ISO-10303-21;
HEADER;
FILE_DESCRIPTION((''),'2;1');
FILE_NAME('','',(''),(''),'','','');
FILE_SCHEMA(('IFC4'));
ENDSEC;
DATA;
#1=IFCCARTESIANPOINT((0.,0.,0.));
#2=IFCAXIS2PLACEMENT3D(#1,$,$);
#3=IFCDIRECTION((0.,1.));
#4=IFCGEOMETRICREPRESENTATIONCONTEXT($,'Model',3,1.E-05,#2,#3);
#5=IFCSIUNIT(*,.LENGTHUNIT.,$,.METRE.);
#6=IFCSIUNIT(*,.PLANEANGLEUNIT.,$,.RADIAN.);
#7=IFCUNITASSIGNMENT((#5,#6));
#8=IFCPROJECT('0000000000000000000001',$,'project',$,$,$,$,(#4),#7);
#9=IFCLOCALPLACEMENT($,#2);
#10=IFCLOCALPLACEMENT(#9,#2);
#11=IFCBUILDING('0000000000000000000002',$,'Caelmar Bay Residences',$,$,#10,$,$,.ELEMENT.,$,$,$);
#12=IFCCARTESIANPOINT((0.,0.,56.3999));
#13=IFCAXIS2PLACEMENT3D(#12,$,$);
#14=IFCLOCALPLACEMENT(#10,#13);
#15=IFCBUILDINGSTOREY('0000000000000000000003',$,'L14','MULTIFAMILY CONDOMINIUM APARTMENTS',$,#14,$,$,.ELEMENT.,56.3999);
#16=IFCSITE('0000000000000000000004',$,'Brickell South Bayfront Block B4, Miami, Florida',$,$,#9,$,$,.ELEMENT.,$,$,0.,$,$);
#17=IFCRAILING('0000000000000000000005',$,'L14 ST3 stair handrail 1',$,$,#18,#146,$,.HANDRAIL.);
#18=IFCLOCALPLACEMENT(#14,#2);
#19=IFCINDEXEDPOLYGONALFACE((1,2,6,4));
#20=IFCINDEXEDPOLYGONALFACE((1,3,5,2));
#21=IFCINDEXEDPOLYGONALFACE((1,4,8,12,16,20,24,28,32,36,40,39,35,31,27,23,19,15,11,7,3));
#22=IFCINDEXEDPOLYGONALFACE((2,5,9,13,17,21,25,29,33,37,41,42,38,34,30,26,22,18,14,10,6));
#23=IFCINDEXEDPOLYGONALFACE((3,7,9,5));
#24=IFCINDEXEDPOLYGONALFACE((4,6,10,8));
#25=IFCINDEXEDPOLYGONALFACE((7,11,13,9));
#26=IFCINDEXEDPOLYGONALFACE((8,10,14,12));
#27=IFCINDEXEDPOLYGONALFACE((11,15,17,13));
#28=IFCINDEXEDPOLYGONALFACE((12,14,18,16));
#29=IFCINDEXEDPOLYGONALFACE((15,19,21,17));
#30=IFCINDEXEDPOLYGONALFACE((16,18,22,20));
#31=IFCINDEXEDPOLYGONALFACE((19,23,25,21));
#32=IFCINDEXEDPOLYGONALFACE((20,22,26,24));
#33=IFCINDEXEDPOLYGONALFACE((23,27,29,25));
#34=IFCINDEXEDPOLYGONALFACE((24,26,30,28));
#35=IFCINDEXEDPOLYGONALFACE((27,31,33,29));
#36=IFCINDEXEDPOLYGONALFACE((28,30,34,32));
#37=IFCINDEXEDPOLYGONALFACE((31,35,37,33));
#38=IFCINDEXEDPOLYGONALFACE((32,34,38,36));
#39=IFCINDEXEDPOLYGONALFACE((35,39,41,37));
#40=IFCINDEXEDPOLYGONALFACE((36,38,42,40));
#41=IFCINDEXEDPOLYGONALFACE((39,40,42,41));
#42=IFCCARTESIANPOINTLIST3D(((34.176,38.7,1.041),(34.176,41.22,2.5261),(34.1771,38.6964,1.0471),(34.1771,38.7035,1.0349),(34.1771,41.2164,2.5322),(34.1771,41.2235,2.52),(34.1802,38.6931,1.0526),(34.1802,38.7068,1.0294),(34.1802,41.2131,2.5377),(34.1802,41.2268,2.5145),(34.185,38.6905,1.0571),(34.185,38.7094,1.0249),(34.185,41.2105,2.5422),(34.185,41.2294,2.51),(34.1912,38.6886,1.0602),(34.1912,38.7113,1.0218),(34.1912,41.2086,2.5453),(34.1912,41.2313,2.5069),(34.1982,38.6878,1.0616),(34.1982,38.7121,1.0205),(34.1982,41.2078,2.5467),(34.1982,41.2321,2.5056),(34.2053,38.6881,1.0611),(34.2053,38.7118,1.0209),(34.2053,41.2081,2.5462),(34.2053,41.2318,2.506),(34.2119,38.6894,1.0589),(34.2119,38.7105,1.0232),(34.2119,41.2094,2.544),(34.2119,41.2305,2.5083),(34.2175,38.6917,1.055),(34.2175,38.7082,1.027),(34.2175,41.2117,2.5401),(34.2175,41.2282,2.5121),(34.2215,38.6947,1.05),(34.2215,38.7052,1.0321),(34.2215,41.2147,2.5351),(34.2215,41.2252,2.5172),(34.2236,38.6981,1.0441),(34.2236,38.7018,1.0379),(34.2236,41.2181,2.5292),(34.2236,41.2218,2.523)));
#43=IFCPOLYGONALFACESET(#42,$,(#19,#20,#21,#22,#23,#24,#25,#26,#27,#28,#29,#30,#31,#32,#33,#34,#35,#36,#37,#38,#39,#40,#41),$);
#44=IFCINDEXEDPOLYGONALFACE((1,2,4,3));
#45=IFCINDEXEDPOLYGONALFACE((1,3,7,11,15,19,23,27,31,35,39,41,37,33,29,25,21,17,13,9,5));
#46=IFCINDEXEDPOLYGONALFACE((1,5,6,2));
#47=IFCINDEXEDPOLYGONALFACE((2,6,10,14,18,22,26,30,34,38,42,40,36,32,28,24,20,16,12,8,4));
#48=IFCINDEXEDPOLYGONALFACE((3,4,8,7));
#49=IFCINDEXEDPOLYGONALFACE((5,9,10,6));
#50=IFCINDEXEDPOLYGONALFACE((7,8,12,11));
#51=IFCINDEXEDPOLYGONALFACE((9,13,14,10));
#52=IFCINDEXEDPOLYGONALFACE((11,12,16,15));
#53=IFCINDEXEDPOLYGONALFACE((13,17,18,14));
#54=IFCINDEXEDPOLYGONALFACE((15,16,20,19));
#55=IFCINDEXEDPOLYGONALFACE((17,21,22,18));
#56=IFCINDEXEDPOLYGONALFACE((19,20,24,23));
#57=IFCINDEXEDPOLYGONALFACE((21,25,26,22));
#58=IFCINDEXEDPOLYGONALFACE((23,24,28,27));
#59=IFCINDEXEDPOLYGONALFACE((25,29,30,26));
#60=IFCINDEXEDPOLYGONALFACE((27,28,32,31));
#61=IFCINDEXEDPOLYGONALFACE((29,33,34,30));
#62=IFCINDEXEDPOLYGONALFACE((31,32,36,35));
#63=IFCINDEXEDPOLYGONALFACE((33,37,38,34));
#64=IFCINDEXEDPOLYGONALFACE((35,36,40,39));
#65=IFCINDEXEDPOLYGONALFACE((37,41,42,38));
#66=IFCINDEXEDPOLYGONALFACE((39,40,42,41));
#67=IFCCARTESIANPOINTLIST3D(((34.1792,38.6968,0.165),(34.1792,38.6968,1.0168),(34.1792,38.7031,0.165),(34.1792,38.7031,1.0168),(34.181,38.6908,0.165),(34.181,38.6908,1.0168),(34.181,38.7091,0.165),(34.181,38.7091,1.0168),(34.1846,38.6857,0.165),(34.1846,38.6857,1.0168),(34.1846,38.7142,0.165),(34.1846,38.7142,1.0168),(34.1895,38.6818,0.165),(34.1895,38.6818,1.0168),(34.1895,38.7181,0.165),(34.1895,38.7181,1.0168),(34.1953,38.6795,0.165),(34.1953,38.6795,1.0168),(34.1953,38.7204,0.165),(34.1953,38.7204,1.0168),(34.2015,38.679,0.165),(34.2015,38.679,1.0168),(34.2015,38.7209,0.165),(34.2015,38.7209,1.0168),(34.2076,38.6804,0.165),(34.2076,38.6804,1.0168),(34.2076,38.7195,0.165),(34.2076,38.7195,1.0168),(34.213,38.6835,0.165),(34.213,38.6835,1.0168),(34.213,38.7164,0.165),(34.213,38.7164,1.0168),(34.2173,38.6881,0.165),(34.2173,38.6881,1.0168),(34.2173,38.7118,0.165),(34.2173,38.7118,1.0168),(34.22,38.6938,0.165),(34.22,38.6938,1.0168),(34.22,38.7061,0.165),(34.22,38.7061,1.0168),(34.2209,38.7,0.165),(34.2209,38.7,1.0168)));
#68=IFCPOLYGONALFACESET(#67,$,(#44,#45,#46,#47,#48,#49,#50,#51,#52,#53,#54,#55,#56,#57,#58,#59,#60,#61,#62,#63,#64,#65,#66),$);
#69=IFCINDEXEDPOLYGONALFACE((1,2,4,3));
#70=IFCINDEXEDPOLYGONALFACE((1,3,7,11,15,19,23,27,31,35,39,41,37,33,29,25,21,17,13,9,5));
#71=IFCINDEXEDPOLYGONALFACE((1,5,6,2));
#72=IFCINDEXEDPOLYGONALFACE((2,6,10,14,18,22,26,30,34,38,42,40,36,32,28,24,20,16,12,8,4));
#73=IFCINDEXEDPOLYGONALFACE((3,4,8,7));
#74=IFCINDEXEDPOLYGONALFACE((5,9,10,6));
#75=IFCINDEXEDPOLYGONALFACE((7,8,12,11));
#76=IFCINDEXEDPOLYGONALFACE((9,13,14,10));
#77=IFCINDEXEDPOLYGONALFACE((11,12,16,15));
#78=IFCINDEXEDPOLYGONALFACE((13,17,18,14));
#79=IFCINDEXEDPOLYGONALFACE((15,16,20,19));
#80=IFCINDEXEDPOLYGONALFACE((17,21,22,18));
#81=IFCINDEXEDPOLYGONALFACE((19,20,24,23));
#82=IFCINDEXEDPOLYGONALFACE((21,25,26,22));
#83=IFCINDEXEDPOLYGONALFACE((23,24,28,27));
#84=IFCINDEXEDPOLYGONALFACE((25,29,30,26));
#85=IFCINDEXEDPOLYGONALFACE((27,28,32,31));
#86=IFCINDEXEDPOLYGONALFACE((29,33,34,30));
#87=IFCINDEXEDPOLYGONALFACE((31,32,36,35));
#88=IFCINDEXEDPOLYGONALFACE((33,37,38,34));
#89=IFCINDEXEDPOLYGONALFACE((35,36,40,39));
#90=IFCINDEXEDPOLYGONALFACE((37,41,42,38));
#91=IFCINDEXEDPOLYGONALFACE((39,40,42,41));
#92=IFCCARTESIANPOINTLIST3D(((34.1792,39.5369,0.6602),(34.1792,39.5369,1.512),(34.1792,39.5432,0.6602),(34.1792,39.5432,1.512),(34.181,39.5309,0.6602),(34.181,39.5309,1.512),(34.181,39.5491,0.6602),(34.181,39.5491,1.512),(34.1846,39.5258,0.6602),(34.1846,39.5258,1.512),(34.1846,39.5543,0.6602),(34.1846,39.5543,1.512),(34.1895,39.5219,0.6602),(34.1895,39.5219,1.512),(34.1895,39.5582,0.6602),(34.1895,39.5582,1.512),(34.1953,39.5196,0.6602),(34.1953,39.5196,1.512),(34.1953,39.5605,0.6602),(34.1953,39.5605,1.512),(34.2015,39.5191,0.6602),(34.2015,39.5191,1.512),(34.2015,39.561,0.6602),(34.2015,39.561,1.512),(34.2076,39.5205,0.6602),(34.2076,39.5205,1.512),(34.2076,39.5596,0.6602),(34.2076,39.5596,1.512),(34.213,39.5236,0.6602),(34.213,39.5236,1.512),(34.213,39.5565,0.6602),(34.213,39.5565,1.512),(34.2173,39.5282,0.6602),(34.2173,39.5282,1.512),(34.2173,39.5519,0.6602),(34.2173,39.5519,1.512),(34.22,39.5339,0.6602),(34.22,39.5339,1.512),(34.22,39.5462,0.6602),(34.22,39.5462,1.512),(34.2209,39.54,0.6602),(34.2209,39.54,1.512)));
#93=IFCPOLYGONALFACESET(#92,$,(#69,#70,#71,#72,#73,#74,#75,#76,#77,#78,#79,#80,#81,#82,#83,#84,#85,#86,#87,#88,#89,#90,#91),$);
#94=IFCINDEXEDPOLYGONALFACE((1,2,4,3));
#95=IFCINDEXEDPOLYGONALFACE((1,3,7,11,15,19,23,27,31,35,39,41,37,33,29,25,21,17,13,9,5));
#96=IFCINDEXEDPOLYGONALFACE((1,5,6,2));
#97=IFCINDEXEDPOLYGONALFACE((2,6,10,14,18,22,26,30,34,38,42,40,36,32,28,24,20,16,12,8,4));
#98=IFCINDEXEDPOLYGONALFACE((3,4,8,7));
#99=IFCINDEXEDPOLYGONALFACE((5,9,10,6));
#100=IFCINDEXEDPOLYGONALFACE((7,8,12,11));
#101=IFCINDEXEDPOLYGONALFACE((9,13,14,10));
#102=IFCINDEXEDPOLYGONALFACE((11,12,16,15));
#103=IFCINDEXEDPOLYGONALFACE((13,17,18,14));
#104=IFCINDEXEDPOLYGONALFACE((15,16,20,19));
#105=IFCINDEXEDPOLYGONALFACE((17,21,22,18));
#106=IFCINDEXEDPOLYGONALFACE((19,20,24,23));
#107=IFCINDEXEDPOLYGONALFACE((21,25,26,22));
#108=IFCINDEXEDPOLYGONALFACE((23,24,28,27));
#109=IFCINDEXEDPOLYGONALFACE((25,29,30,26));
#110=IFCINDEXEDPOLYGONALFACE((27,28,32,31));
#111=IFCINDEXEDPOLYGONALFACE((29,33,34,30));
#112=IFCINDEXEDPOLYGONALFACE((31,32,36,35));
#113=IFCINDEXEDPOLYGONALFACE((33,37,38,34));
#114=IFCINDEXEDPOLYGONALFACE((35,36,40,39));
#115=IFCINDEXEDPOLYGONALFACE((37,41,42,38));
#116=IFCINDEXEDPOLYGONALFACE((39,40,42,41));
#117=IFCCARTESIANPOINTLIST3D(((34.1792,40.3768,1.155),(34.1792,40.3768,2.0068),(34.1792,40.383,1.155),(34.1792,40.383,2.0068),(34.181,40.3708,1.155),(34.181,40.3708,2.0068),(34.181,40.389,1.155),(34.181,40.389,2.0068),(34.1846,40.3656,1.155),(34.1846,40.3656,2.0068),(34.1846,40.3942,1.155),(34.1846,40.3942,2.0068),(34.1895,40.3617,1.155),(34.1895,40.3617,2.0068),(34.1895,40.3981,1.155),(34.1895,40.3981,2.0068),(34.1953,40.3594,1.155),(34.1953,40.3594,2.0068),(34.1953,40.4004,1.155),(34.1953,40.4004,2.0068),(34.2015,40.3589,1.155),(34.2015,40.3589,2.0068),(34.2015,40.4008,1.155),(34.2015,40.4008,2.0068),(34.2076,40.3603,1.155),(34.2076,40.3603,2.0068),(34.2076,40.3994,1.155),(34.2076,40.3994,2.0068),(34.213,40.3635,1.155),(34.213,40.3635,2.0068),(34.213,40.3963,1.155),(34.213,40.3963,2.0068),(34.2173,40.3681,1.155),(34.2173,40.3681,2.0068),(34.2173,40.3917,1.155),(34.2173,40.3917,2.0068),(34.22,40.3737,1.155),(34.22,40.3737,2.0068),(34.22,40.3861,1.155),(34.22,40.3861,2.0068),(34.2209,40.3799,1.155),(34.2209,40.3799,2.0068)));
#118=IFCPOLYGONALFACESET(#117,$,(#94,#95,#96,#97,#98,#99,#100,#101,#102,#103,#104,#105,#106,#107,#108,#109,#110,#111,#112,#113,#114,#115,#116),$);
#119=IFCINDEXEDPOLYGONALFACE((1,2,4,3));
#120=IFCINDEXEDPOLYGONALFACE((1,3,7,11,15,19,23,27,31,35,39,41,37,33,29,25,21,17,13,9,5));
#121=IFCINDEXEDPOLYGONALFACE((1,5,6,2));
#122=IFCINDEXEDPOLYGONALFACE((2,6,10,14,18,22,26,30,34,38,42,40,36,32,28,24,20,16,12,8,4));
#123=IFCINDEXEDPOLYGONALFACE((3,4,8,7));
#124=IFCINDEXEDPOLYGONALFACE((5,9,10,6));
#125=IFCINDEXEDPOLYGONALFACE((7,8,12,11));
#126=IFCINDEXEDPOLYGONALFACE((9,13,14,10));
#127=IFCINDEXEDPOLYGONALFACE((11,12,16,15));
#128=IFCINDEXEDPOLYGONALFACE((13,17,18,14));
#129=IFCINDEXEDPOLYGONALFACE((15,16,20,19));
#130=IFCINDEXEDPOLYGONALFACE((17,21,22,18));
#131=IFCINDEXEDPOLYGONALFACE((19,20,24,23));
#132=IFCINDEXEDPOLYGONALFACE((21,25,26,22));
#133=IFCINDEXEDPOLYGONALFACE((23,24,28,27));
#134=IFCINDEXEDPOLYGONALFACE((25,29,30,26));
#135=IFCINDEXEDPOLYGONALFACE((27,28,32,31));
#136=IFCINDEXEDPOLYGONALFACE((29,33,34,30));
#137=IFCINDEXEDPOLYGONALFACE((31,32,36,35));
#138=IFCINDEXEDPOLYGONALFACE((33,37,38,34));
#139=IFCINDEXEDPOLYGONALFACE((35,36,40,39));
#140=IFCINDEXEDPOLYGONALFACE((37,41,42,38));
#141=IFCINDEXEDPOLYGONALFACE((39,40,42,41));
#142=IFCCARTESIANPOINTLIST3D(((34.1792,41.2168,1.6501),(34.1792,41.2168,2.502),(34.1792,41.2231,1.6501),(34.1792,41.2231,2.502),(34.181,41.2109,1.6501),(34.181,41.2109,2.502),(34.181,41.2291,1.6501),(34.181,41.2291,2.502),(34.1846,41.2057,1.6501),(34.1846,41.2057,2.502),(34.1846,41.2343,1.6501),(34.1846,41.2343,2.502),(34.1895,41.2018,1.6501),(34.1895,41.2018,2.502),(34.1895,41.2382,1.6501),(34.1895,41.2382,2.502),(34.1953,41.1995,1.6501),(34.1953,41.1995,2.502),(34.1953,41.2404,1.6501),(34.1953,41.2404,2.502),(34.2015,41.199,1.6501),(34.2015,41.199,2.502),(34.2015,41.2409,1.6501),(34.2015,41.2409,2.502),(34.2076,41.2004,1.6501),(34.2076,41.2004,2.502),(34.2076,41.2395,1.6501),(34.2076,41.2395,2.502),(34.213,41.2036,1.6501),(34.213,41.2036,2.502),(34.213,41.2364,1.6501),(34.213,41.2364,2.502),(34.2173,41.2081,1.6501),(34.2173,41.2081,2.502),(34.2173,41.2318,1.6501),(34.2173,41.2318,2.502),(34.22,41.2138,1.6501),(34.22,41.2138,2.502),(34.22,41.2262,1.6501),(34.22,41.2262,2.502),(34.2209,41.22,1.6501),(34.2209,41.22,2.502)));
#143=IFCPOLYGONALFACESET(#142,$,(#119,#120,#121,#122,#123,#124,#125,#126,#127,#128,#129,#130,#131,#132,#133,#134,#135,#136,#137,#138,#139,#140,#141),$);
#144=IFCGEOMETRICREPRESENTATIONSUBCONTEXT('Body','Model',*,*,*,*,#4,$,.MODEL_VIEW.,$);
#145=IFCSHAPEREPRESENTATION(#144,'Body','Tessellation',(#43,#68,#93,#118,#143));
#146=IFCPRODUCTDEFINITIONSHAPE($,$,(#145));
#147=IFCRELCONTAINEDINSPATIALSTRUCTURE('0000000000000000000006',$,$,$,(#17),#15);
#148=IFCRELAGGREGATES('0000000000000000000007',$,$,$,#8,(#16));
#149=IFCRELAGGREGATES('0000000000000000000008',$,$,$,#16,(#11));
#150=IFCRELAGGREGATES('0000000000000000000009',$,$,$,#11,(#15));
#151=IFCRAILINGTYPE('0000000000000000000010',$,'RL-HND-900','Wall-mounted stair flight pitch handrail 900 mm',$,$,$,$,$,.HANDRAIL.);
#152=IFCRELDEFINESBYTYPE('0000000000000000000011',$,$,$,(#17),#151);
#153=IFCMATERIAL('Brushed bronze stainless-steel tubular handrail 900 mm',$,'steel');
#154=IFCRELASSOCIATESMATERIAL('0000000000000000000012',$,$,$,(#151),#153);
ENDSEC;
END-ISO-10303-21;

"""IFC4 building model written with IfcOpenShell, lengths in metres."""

from ifc_helpers import new_model, si_unit, direction, frame, origin, origin_2d, place, context, subcontext, project, spatial, circle, extrude, material, type_object, element, save


model = new_model("IFC4")

# Units and contexts
model_context = context("Model", 3, precision=1e-05, world=origin(), true_north=direction((0.0, 1.0)))
body_context = subcontext(model_context, "Body", "Model", "MODEL_VIEW")
ifc_project = project(units=[si_unit("LENGTHUNIT", "METRE"), si_unit("PLANEANGLEUNIT", "RADIAN")], contexts=[model_context])

# Site, building, storey
site_placement = place(None, origin())
site = spatial("IfcSite", under=ifc_project, at=site_placement, Name="Brickell South Bayfront Block B4, Miami, Florida", CompositionType="ELEMENT", RefElevation=0.0)
building_placement = place(site_placement, origin())
building = spatial("IfcBuilding", under=site, at=building_placement, Name="Caelmar Bay Residences", CompositionType="ELEMENT")
storey_placement = place(building_placement, frame((0.0, 0.0, 56.3999)))
storey = spatial("IfcBuildingStorey", under=building, at=storey_placement, Name="L14", Description="MULTIFAMILY CONDOMINIUM APARTMENTS", CompositionType="ELEMENT", Elevation=56.3999)

# Railing
ifc_material_1 = material(Name="Brushed bronze stainless-steel tubular handrail 900 mm", Category="steel")
railing_type_1 = type_object("IfcRailingType", Name="RL-HND-900", Description="Wall-mounted stair flight pitch handrail 900 mm", PredefinedType="HANDRAIL", material=ifc_material_1)
railing_1_placement = place(storey_placement, frame((34.2, 38.7, 0.165)))
element("IfcRailing", 1, at=railing_1_placement, inside=storey, type_object=railing_type_1, Name="L14 ST3 stair handrail 1", PredefinedType="HANDRAIL", context=body_context, shape_type="SweptSolid", body=[
    extrude(circle(Radius=0.0239, at=origin_2d()), frame((0.0, 0.0, 0.876), z_axis=(0.0, 0.861524, 0.507717), x_axis=(-1.0, 0.0, 0.0)), (0.0, 0.0, 1.0), 2.925),
    extrude(circle(Radius=0.021, at=origin_2d()), origin(), (0.0, 0.0, 1.0), 0.8518),
    extrude(circle(Radius=0.021, at=origin_2d()), frame((0.0, 0.8401, 0.4951)), (0.0, 0.0, 1.0), 0.8518),
    extrude(circle(Radius=0.021, at=origin_2d()), frame((0.0, 1.6799, 0.99)), (0.0, 0.0, 1.0), 0.8518),
    extrude(circle(Radius=0.021, at=origin_2d()), frame((0.0, 2.52, 1.4851)), (0.0, 0.0, 1.0), 0.8518),
])

save(model, "model.ifc")
